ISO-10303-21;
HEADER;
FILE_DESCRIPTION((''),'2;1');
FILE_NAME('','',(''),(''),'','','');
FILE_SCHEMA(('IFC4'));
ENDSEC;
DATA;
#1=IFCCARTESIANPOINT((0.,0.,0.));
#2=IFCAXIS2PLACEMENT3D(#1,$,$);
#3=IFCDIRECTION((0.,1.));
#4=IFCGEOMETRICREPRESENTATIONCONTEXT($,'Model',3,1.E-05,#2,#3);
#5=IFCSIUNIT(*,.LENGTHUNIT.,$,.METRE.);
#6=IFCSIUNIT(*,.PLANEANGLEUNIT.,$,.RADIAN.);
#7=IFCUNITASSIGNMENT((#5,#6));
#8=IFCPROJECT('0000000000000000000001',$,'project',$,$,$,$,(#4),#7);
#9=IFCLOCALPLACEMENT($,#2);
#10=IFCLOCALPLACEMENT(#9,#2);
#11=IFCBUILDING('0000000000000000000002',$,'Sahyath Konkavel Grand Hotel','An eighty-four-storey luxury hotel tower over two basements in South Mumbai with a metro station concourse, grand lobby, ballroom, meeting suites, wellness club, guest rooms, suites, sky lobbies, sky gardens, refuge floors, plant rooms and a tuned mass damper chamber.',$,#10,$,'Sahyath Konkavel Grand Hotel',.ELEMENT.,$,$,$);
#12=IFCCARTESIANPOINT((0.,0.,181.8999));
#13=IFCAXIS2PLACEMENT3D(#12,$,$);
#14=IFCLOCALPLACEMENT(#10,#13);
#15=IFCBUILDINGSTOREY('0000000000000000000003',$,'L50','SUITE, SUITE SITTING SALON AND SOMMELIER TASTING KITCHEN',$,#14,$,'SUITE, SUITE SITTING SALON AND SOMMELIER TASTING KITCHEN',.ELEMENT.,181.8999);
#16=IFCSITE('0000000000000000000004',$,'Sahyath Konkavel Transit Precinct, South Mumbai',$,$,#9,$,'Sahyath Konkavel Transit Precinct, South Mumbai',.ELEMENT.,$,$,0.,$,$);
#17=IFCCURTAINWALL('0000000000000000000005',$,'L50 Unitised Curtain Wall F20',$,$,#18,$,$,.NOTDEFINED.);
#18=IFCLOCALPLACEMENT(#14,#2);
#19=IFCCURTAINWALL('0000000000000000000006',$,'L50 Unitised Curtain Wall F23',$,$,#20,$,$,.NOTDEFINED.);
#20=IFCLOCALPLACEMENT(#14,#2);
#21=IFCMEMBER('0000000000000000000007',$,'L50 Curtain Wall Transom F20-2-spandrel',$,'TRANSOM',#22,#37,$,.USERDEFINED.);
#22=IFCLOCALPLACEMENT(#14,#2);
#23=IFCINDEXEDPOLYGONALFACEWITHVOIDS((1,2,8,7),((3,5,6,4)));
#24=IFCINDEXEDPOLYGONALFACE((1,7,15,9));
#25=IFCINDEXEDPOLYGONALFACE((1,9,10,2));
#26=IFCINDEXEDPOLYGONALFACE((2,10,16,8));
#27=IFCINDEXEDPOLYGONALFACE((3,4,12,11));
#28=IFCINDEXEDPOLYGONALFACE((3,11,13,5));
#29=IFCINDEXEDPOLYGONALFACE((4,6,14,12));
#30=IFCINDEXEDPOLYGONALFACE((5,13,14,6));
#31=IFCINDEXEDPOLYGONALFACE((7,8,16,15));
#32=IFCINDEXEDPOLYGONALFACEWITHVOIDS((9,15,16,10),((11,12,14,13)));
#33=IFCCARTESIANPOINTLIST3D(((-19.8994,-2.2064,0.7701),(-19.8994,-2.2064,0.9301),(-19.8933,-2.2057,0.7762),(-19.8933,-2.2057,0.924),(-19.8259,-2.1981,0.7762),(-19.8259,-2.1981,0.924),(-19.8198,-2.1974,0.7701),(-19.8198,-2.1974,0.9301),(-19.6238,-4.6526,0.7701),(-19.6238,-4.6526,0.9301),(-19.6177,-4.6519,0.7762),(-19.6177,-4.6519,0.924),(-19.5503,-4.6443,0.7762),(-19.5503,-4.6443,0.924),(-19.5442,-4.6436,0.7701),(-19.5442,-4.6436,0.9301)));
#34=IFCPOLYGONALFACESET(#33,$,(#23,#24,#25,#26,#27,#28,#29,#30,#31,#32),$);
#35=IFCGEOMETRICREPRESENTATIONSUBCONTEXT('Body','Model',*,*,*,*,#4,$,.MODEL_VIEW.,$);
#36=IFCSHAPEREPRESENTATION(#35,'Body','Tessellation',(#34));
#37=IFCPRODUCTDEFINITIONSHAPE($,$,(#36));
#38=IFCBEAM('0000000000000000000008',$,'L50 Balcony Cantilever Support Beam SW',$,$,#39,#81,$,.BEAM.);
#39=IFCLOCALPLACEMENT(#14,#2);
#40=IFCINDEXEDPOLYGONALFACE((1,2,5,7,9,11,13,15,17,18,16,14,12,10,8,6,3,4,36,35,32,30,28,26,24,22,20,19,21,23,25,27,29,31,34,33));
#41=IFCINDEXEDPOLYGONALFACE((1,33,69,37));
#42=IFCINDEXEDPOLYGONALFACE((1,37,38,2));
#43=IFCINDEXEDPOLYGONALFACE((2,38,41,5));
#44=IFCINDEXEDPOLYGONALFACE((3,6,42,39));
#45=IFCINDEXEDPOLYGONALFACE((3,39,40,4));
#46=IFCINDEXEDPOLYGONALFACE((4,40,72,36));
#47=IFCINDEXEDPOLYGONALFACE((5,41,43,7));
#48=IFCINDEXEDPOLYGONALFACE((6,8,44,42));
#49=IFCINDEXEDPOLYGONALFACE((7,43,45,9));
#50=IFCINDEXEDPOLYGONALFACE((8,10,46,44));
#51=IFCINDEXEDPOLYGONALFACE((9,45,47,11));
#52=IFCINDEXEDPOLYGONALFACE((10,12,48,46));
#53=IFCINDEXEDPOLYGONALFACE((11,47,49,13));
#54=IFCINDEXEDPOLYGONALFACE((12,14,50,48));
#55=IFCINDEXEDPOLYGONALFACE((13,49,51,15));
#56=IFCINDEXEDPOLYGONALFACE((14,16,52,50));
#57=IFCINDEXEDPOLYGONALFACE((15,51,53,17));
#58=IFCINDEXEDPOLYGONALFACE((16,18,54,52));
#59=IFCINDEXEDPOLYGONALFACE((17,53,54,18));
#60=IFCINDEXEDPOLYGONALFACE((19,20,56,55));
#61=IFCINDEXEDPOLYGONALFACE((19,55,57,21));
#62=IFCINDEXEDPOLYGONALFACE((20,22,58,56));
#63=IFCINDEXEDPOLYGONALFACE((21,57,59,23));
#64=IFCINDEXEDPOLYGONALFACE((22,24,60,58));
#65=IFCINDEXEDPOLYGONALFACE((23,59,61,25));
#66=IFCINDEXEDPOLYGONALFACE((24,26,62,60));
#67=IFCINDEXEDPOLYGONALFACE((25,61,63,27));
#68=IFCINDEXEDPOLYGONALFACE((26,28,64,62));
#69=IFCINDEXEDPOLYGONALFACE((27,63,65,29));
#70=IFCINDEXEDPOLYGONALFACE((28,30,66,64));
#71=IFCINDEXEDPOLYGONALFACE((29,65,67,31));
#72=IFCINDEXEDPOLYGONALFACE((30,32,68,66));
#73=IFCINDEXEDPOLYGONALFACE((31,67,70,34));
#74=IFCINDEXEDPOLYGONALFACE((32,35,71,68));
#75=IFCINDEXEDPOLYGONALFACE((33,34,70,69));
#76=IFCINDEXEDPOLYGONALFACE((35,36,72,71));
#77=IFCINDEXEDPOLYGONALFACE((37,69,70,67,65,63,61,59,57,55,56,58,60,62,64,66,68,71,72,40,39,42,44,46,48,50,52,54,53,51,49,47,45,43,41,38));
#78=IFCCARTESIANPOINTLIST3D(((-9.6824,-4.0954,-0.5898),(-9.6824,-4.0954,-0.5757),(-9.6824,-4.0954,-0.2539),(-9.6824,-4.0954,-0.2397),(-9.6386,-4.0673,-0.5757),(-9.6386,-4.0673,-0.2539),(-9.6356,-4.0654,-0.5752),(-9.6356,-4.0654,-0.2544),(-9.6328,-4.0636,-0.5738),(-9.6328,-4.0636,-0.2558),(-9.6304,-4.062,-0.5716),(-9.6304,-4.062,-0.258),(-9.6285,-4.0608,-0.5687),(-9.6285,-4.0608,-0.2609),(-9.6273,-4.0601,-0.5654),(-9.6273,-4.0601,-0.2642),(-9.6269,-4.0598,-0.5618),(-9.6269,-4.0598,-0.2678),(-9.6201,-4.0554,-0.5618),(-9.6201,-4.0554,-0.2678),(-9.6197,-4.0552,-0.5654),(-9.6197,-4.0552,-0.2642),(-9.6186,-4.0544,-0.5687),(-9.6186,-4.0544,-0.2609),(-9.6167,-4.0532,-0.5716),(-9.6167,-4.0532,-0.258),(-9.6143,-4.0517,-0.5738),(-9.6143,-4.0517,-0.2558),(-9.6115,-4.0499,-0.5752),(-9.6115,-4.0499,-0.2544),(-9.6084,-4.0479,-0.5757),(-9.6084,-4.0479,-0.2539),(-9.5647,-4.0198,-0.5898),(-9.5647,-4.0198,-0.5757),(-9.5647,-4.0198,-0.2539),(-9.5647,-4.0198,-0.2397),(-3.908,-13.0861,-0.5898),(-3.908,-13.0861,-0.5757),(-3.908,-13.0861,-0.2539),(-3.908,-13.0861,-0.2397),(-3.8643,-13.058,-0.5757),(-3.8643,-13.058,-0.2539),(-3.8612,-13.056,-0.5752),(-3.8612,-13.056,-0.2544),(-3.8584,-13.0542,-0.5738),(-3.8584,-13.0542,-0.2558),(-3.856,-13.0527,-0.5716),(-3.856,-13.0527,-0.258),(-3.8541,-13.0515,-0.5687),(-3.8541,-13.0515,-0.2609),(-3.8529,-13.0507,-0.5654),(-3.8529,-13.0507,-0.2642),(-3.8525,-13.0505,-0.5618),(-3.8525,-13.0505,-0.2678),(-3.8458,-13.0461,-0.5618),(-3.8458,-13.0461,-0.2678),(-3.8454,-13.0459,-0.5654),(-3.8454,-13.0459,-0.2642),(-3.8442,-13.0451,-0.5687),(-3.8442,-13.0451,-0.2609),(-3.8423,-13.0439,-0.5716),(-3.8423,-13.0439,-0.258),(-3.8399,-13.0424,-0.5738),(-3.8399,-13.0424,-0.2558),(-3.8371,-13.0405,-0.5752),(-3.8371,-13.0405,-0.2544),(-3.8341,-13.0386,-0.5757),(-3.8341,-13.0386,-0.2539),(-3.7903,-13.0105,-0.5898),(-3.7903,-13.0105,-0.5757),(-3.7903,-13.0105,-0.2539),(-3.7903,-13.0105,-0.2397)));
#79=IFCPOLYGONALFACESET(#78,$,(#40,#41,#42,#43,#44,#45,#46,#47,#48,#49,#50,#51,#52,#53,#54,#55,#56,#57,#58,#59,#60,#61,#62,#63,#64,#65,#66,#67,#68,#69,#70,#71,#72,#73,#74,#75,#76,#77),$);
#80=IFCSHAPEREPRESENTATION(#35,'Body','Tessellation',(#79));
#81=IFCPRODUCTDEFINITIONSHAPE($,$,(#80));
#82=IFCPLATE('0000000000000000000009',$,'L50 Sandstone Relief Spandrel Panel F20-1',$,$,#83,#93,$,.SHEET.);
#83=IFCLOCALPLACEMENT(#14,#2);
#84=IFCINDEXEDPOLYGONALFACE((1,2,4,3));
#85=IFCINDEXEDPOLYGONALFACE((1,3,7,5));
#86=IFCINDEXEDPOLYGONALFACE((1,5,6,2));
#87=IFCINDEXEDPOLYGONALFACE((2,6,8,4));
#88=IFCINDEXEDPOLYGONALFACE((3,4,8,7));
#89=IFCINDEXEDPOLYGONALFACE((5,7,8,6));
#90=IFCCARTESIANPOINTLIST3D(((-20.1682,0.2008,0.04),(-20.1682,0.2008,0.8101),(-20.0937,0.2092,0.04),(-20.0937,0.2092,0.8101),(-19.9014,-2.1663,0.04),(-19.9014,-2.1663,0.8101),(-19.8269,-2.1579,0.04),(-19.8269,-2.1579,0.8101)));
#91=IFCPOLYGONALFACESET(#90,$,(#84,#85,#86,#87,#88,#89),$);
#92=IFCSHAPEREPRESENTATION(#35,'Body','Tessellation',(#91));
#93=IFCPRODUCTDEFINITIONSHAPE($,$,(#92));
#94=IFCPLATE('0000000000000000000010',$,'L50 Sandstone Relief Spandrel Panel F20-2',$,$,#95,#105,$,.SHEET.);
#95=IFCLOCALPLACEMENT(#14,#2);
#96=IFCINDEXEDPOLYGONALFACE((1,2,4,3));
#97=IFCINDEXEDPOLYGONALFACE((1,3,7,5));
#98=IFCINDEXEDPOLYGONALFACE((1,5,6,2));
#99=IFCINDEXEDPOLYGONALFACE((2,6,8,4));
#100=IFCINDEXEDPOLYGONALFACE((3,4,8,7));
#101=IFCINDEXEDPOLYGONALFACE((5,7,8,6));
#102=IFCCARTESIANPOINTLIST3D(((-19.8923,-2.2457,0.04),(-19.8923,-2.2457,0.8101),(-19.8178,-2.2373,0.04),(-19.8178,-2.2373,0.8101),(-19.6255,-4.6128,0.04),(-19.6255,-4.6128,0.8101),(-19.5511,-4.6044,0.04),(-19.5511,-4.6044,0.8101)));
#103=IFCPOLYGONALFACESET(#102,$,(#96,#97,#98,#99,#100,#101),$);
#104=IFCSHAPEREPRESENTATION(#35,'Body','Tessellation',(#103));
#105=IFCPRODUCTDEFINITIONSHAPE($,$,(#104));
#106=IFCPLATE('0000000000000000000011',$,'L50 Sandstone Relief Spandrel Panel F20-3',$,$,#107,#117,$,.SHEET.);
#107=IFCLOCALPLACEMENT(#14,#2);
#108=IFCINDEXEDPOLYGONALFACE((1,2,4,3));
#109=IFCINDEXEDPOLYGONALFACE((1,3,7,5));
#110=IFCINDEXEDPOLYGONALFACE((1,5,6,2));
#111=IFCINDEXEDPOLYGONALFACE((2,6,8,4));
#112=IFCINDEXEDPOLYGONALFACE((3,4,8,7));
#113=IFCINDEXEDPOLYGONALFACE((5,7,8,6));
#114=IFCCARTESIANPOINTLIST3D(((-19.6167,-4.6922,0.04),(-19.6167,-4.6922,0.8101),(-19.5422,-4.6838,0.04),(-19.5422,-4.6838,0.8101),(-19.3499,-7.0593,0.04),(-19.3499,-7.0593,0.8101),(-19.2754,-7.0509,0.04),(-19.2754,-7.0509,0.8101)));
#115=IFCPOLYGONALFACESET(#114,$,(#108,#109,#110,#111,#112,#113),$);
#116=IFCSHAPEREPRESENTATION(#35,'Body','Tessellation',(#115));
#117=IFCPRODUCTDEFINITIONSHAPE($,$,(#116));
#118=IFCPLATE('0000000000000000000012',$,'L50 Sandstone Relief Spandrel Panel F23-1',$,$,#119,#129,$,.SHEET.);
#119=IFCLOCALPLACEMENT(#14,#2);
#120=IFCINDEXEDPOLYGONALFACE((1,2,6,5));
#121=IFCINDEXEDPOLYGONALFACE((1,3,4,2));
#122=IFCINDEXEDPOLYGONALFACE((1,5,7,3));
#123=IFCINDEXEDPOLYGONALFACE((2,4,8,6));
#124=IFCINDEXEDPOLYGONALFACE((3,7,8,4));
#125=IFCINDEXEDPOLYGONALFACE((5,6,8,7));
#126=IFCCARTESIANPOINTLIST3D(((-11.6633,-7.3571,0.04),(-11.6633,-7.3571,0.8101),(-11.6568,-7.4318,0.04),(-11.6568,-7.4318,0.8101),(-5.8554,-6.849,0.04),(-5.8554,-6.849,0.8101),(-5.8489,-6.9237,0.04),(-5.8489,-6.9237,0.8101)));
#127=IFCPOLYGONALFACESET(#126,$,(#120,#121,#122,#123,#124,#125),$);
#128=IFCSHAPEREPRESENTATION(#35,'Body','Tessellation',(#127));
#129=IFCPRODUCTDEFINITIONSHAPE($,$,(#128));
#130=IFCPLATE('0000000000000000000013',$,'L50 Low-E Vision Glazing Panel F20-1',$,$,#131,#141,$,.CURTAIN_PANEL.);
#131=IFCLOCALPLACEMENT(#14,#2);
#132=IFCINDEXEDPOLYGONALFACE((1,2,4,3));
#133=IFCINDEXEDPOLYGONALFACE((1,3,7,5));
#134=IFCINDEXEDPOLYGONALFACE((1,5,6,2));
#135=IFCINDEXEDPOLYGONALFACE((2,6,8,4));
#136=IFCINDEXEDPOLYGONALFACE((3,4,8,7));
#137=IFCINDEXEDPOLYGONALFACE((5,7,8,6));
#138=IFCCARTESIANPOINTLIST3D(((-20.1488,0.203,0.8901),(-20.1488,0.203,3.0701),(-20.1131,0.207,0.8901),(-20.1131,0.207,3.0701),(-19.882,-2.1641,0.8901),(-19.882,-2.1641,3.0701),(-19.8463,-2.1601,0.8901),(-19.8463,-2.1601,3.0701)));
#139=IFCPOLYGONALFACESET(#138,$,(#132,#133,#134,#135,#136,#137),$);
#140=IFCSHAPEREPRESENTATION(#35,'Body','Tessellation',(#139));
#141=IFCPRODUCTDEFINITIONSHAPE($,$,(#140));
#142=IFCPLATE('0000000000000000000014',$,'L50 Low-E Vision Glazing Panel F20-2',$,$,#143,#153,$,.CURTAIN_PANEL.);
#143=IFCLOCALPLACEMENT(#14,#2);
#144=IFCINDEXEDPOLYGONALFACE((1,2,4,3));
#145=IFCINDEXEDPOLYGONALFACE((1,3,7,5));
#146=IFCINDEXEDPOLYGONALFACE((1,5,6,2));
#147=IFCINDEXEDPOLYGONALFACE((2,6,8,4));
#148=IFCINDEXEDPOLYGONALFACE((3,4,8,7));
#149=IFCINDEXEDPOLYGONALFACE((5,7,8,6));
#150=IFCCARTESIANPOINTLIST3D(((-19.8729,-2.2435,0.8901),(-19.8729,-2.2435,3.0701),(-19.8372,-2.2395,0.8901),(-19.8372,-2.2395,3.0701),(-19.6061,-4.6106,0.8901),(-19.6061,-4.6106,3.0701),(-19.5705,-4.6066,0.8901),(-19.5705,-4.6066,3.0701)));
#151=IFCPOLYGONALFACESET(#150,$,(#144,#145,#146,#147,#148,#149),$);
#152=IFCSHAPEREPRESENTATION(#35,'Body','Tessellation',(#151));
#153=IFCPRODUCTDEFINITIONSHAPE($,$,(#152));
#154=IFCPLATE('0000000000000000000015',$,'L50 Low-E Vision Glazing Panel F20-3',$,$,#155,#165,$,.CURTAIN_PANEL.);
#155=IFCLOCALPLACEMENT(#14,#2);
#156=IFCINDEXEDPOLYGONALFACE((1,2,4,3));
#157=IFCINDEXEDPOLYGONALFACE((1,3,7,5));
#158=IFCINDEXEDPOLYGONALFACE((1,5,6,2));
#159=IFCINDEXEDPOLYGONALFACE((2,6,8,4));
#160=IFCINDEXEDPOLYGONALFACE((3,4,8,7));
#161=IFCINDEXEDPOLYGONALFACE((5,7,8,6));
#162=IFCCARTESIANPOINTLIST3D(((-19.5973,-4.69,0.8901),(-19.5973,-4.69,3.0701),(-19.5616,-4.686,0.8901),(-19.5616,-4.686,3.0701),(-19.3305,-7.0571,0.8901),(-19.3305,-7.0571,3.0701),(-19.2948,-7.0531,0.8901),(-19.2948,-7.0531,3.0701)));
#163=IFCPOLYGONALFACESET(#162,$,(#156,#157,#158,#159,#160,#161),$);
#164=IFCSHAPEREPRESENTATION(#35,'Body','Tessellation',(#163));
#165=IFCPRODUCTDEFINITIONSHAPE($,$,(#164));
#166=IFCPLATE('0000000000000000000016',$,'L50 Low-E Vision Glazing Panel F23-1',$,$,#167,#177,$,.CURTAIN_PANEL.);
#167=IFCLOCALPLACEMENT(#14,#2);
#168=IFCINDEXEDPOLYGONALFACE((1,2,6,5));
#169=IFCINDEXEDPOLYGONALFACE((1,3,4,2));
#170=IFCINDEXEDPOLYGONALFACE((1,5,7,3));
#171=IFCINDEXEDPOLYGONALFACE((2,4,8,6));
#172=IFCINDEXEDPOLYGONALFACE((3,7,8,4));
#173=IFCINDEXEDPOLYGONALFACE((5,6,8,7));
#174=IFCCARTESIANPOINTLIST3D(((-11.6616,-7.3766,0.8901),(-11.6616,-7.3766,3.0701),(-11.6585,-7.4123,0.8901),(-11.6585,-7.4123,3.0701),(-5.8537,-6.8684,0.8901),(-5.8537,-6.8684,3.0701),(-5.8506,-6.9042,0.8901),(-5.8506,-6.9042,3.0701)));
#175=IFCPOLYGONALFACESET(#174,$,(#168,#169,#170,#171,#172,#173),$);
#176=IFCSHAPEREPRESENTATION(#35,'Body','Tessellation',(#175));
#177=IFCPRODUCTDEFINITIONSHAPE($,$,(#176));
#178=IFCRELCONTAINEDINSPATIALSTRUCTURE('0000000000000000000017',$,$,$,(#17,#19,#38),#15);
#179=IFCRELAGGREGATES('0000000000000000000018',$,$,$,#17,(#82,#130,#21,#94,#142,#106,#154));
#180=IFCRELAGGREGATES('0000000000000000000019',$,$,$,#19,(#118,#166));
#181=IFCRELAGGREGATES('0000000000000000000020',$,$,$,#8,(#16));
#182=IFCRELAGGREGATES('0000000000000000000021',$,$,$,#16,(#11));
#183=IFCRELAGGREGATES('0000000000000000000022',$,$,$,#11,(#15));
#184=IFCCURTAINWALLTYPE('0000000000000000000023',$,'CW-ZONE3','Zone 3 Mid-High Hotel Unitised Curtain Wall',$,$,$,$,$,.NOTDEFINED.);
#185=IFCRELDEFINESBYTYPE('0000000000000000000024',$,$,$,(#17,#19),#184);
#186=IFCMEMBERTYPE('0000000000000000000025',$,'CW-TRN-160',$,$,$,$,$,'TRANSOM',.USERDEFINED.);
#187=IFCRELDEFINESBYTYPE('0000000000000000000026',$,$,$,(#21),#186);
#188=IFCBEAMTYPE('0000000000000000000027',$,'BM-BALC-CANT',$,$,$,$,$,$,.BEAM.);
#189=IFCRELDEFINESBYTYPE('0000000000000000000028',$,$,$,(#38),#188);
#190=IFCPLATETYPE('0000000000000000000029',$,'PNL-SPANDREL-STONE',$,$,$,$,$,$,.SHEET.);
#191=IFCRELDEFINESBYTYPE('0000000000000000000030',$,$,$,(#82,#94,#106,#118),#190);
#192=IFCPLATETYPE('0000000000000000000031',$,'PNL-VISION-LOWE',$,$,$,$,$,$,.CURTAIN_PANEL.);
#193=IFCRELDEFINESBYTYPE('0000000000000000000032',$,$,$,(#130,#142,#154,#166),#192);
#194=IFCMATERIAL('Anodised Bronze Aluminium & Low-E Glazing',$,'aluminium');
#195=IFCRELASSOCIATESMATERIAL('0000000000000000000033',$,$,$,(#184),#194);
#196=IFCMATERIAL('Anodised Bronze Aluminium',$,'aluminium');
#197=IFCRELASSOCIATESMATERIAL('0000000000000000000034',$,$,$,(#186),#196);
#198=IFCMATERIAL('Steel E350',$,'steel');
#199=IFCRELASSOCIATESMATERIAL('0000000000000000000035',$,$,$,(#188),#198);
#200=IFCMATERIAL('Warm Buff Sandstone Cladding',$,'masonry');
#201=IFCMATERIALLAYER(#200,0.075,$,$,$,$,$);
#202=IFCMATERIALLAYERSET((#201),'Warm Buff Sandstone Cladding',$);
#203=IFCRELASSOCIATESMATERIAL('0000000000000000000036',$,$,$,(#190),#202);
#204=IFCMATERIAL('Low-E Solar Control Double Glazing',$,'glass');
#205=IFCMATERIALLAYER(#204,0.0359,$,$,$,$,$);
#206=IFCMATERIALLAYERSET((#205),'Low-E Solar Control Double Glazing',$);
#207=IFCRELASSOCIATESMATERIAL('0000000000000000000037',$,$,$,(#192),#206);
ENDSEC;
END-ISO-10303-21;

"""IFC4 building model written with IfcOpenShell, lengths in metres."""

from ifc_helpers import new_model, si_unit, direction, frame, origin, origin_2d, place, context, subcontext, project, spatial, rectangle, hollow_rectangle, i_section, extrude, source, transform, mapped, material, layer, layer_set, material_profile, profile_set, type_object, element, aggregate, save


model = new_model("IFC4")

# Units and contexts
model_context = context("Model", 3, precision=1e-05, world=origin(), true_north=direction((0.0, 1.0)))
body_context = subcontext(model_context, "Body", "Model", "MODEL_VIEW")
ifc_project = project(units=[si_unit("LENGTHUNIT", "METRE"), si_unit("PLANEANGLEUNIT", "RADIAN")], contexts=[model_context])

# Site, building, storey
site_placement = place(None, origin())
site = spatial("IfcSite", under=ifc_project, at=site_placement, Name="Sahyath Konkavel Transit Precinct, South Mumbai", LongName="Sahyath Konkavel Transit Precinct, South Mumbai", CompositionType="ELEMENT", RefElevation=0.0)
building_placement = place(site_placement, origin())
building = spatial("IfcBuilding", under=site, at=building_placement, Name="Sahyath Konkavel Grand Hotel", Description="An eighty-four-storey luxury hotel tower over two basements in South Mumbai with a metro station concourse, grand lobby, ballroom, meeting suites, wellness club, guest rooms, suites, sky lobbies, sky gardens, refuge floors, plant rooms and a tuned mass damper chamber.", LongName="Sahyath Konkavel Grand Hotel", CompositionType="ELEMENT")
storey_placement = place(building_placement, frame((0.0, 0.0, 181.8999)))
storey = spatial("IfcBuildingStorey", under=building, at=storey_placement, Name="L50", Description="SUITE, SUITE SITTING SALON AND SOMMELIER TASTING KITCHEN", LongName="SUITE, SUITE SITTING SALON AND SOMMELIER TASTING KITCHEN", CompositionType="ELEMENT", Elevation=181.8999)

# Shared definitions
ifc_material_1 = material(Name="Steel E350", Category="steel")

# Curtain wall
ifc_material_2 = material(Name="Anodised Bronze Aluminium & Low-E Glazing", Category="aluminium")
curtain_wall_type = type_object("IfcCurtainWallType", Name="CW-ZONE3", Description="Zone 3 Mid-High Hotel Unitised Curtain Wall", PredefinedType="NOTDEFINED", material=ifc_material_2)
curtain_wall_1_placement = place(storey_placement, origin())
curtain_wall_1 = element("IfcCurtainWall", 1, at=curtain_wall_1_placement, inside=storey, type_object=curtain_wall_type, Name="L50 Unitised Curtain Wall F20", PredefinedType="NOTDEFINED")
ifc_material_3 = material(Name="Anodised Bronze Aluminium", Category="aluminium")

# Curtain wall
curtain_wall_2_placement = place(storey_placement, origin())
curtain_wall_2 = element("IfcCurtainWall", 2, at=curtain_wall_2_placement, inside=storey, type_object=curtain_wall_type, Name="L50 Unitised Curtain Wall F23", PredefinedType="NOTDEFINED")

# Member
ifc_material_profile_1 = material_profile(ifc_material_3, hollow_rectangle(XDim=0.0801, YDim=0.1599, WallThickness=0.0061, at=origin_2d()), Name="RHS 160x80x6")
ifc_profile_set_1 = profile_set([ifc_material_profile_1], Name="Anodised Bronze Aluminium")
member_type_1 = type_object("IfcMemberType", Name="CW-TRN-160", ElementType="TRANSOM", PredefinedType="USERDEFINED", material=ifc_profile_set_1)
shared_shape_1 = source(origin(), body_context, "Body", "SweptSolid", [
    extrude(hollow_rectangle(XDim=0.0801, YDim=0.1599, WallThickness=0.0061, at=origin_2d()), origin(), (0.0, 0.0, 1.0), 2.4617),
])
member_1_placement = place(storey_placement, frame((-19.8596, -2.2019, 0.8501), z_axis=(0.111966, -0.993712, 0.0), x_axis=(0.993712, 0.111966, 0.0)))
member_1 = element("IfcMember", 3, at=member_1_placement, type_object=member_type_1, Name="L50 Curtain Wall Transom F20-2-spandrel", ObjectType="TRANSOM", PredefinedType="USERDEFINED", context=body_context, shape_type="MappedRepresentation", body=[
    mapped(shared_shape_1, transform((0.0, 0.0, 0.0), scale=1.0)),
])

# Beam
ifc_material_profile_2 = material_profile(ifc_material_1, i_section(OverallWidth=0.1399, OverallDepth=0.3501, WebThickness=0.0081, FlangeThickness=0.0142, FilletRadius=0.0139, at=origin_2d()), Name="ISMB 350")
ifc_profile_set_2 = profile_set([ifc_material_profile_2], Name="Steel E350")
beam_type_1 = type_object("IfcBeamType", Name="BM-BALC-CANT", PredefinedType="BEAM", material=ifc_profile_set_2)
shared_shape_2 = source(origin(), body_context, "Body", "SweptSolid", [
    extrude(i_section(OverallWidth=0.1399, OverallDepth=0.3501, WebThickness=0.0081, FlangeThickness=0.0142, FilletRadius=0.0139, at=origin_2d()), origin(), (0.0, 0.0, 1.0), 10.6853),
])
beam_1_placement = place(storey_placement, frame((-9.6235, -4.0576, -0.4148), z_axis=(0.540404, -0.841406, 0.0), x_axis=(0.841406, 0.540404, 0.0)))
element("IfcBeam", 4, at=beam_1_placement, inside=storey, type_object=beam_type_1, Name="L50 Balcony Cantilever Support Beam SW", PredefinedType="BEAM", context=body_context, shape_type="MappedRepresentation", body=[
    mapped(shared_shape_2, transform((0.0, 0.0, 0.0), scale=1.0)),
])

# Plates
ifc_material_4 = material(Name="Warm Buff Sandstone Cladding", Category="masonry")
ifc_layer_1 = layer(ifc_material_4, 0.075)
ifc_layer_set_1 = layer_set([ifc_layer_1], Name="Warm Buff Sandstone Cladding")
plate_type_1 = type_object("IfcPlateType", Name="PNL-SPANDREL-STONE", PredefinedType="SHEET", material=ifc_layer_set_1)
shared_shape_3 = source(origin(), body_context, "Body", "SweptSolid", [
    extrude(rectangle(XDim=2.3821, YDim=0.075, at=origin_2d()), origin(), (0.0, 0.0, 1.0), 0.77),
])
plate_1_placement = place(storey_placement, frame((-19.9976, -0.9785, 0.04), z_axis=(0.0, 0.0, 1.0), x_axis=(0.111989, -0.993709, 0.0)))
plate_1 = element("IfcPlate", 5, at=plate_1_placement, type_object=plate_type_1, Name="L50 Sandstone Relief Spandrel Panel F20-1", PredefinedType="SHEET", context=body_context, shape_type="MappedRepresentation", body=[
    mapped(shared_shape_3, transform((0.0, 0.0, 0.0), scale=1.0)),
])
plate_2_placement = place(storey_placement, frame((-19.7217, -3.425, 0.04), z_axis=(0.0, 0.0, 1.0), x_axis=(0.111989, -0.993709, 0.0)))
plate_2 = element("IfcPlate", 6, at=plate_2_placement, type_object=plate_type_1, Name="L50 Sandstone Relief Spandrel Panel F20-2", PredefinedType="SHEET", context=body_context, shape_type="MappedRepresentation", body=[
    mapped(shared_shape_3, transform((0.0, 0.0, 0.0), scale=1.0)),
])
plate_3_placement = place(storey_placement, frame((-19.446, -5.8716, 0.04), z_axis=(0.0, 0.0, 1.0), x_axis=(0.111989, -0.993709, 0.0)))
plate_3 = element("IfcPlate", 7, at=plate_3_placement, type_object=plate_type_1, Name="L50 Sandstone Relief Spandrel Panel F20-3", PredefinedType="SHEET", context=body_context, shape_type="MappedRepresentation", body=[
    mapped(shared_shape_3, transform((0.0, 0.0, 0.0), scale=1.0)),
])
shared_shape_4 = source(origin(), body_context, "Body", "SweptSolid", [
    extrude(rectangle(XDim=5.8301, YDim=0.075, at=origin_2d()), origin(), (0.0, 0.0, 1.0), 0.77),
])
plate_4_placement = place(storey_placement, frame((-8.7561, -7.1404, 0.04), z_axis=(0.0, 0.0, 1.0), x_axis=(0.996195, 0.087156, 0.0)))
plate_4 = element("IfcPlate", 8, at=plate_4_placement, type_object=plate_type_1, Name="L50 Sandstone Relief Spandrel Panel F23-1", PredefinedType="SHEET", context=body_context, shape_type="MappedRepresentation", body=[
    mapped(shared_shape_4, transform((0.0, 0.0, 0.0), scale=1.0)),
])
ifc_material_5 = material(Name="Low-E Solar Control Double Glazing", Category="glass")
ifc_layer_2 = layer(ifc_material_5, 0.0359)
ifc_layer_set_2 = layer_set([ifc_layer_2], Name="Low-E Solar Control Double Glazing")
plate_type_2 = type_object("IfcPlateType", Name="PNL-VISION-LOWE", PredefinedType="CURTAIN_PANEL", material=ifc_layer_set_2)
shared_shape_5 = source(origin(), body_context, "Body", "SweptSolid", [
    extrude(rectangle(XDim=2.3821, YDim=0.0359, at=origin_2d()), origin(), (0.0, 0.0, 1.0), 2.1799),
])
plate_5_placement = place(storey_placement, frame((-19.9976, -0.9785, 0.8901), z_axis=(0.0, 0.0, 1.0), x_axis=(0.111989, -0.993709, 0.0)))
plate_5 = element("IfcPlate", 9, at=plate_5_placement, type_object=plate_type_2, Name="L50 Low-E Vision Glazing Panel F20-1", PredefinedType="CURTAIN_PANEL", context=body_context, shape_type="MappedRepresentation", body=[
    mapped(shared_shape_5, transform((0.0, 0.0, 0.0), scale=1.0)),
])
plate_6_placement = place(storey_placement, frame((-19.7217, -3.425, 0.8901), z_axis=(0.0, 0.0, 1.0), x_axis=(0.111989, -0.993709, 0.0)))
plate_6 = element("IfcPlate", 10, at=plate_6_placement, type_object=plate_type_2, Name="L50 Low-E Vision Glazing Panel F20-2", PredefinedType="CURTAIN_PANEL", context=body_context, shape_type="MappedRepresentation", body=[
    mapped(shared_shape_5, transform((0.0, 0.0, 0.0), scale=1.0)),
])
plate_7_placement = place(storey_placement, frame((-19.446, -5.8716, 0.8901), z_axis=(0.0, 0.0, 1.0), x_axis=(0.111989, -0.993709, 0.0)))
plate_7 = element("IfcPlate", 11, at=plate_7_placement, type_object=plate_type_2, Name="L50 Low-E Vision Glazing Panel F20-3", PredefinedType="CURTAIN_PANEL", context=body_context, shape_type="MappedRepresentation", body=[
    mapped(shared_shape_5, transform((0.0, 0.0, 0.0), scale=1.0)),
])
aggregate(curtain_wall_1, [plate_1, plate_5, member_1, plate_2, plate_6, plate_3, plate_7])
shared_shape_6 = source(origin(), body_context, "Body", "SweptSolid", [
    extrude(rectangle(XDim=5.8301, YDim=0.0359, at=origin_2d()), origin(), (0.0, 0.0, 1.0), 2.1799),
])
plate_8_placement = place(storey_placement, frame((-8.7561, -7.1404, 0.8901), z_axis=(0.0, 0.0, 1.0), x_axis=(0.996195, 0.087156, 0.0)))
plate_8 = element("IfcPlate", 12, at=plate_8_placement, type_object=plate_type_2, Name="L50 Low-E Vision Glazing Panel F23-1", PredefinedType="CURTAIN_PANEL", context=body_context, shape_type="MappedRepresentation", body=[
    mapped(shared_shape_6, transform((0.0, 0.0, 0.0), scale=1.0)),
])
aggregate(curtain_wall_2, [plate_4, plate_8])

save(model, "model.ifc")
